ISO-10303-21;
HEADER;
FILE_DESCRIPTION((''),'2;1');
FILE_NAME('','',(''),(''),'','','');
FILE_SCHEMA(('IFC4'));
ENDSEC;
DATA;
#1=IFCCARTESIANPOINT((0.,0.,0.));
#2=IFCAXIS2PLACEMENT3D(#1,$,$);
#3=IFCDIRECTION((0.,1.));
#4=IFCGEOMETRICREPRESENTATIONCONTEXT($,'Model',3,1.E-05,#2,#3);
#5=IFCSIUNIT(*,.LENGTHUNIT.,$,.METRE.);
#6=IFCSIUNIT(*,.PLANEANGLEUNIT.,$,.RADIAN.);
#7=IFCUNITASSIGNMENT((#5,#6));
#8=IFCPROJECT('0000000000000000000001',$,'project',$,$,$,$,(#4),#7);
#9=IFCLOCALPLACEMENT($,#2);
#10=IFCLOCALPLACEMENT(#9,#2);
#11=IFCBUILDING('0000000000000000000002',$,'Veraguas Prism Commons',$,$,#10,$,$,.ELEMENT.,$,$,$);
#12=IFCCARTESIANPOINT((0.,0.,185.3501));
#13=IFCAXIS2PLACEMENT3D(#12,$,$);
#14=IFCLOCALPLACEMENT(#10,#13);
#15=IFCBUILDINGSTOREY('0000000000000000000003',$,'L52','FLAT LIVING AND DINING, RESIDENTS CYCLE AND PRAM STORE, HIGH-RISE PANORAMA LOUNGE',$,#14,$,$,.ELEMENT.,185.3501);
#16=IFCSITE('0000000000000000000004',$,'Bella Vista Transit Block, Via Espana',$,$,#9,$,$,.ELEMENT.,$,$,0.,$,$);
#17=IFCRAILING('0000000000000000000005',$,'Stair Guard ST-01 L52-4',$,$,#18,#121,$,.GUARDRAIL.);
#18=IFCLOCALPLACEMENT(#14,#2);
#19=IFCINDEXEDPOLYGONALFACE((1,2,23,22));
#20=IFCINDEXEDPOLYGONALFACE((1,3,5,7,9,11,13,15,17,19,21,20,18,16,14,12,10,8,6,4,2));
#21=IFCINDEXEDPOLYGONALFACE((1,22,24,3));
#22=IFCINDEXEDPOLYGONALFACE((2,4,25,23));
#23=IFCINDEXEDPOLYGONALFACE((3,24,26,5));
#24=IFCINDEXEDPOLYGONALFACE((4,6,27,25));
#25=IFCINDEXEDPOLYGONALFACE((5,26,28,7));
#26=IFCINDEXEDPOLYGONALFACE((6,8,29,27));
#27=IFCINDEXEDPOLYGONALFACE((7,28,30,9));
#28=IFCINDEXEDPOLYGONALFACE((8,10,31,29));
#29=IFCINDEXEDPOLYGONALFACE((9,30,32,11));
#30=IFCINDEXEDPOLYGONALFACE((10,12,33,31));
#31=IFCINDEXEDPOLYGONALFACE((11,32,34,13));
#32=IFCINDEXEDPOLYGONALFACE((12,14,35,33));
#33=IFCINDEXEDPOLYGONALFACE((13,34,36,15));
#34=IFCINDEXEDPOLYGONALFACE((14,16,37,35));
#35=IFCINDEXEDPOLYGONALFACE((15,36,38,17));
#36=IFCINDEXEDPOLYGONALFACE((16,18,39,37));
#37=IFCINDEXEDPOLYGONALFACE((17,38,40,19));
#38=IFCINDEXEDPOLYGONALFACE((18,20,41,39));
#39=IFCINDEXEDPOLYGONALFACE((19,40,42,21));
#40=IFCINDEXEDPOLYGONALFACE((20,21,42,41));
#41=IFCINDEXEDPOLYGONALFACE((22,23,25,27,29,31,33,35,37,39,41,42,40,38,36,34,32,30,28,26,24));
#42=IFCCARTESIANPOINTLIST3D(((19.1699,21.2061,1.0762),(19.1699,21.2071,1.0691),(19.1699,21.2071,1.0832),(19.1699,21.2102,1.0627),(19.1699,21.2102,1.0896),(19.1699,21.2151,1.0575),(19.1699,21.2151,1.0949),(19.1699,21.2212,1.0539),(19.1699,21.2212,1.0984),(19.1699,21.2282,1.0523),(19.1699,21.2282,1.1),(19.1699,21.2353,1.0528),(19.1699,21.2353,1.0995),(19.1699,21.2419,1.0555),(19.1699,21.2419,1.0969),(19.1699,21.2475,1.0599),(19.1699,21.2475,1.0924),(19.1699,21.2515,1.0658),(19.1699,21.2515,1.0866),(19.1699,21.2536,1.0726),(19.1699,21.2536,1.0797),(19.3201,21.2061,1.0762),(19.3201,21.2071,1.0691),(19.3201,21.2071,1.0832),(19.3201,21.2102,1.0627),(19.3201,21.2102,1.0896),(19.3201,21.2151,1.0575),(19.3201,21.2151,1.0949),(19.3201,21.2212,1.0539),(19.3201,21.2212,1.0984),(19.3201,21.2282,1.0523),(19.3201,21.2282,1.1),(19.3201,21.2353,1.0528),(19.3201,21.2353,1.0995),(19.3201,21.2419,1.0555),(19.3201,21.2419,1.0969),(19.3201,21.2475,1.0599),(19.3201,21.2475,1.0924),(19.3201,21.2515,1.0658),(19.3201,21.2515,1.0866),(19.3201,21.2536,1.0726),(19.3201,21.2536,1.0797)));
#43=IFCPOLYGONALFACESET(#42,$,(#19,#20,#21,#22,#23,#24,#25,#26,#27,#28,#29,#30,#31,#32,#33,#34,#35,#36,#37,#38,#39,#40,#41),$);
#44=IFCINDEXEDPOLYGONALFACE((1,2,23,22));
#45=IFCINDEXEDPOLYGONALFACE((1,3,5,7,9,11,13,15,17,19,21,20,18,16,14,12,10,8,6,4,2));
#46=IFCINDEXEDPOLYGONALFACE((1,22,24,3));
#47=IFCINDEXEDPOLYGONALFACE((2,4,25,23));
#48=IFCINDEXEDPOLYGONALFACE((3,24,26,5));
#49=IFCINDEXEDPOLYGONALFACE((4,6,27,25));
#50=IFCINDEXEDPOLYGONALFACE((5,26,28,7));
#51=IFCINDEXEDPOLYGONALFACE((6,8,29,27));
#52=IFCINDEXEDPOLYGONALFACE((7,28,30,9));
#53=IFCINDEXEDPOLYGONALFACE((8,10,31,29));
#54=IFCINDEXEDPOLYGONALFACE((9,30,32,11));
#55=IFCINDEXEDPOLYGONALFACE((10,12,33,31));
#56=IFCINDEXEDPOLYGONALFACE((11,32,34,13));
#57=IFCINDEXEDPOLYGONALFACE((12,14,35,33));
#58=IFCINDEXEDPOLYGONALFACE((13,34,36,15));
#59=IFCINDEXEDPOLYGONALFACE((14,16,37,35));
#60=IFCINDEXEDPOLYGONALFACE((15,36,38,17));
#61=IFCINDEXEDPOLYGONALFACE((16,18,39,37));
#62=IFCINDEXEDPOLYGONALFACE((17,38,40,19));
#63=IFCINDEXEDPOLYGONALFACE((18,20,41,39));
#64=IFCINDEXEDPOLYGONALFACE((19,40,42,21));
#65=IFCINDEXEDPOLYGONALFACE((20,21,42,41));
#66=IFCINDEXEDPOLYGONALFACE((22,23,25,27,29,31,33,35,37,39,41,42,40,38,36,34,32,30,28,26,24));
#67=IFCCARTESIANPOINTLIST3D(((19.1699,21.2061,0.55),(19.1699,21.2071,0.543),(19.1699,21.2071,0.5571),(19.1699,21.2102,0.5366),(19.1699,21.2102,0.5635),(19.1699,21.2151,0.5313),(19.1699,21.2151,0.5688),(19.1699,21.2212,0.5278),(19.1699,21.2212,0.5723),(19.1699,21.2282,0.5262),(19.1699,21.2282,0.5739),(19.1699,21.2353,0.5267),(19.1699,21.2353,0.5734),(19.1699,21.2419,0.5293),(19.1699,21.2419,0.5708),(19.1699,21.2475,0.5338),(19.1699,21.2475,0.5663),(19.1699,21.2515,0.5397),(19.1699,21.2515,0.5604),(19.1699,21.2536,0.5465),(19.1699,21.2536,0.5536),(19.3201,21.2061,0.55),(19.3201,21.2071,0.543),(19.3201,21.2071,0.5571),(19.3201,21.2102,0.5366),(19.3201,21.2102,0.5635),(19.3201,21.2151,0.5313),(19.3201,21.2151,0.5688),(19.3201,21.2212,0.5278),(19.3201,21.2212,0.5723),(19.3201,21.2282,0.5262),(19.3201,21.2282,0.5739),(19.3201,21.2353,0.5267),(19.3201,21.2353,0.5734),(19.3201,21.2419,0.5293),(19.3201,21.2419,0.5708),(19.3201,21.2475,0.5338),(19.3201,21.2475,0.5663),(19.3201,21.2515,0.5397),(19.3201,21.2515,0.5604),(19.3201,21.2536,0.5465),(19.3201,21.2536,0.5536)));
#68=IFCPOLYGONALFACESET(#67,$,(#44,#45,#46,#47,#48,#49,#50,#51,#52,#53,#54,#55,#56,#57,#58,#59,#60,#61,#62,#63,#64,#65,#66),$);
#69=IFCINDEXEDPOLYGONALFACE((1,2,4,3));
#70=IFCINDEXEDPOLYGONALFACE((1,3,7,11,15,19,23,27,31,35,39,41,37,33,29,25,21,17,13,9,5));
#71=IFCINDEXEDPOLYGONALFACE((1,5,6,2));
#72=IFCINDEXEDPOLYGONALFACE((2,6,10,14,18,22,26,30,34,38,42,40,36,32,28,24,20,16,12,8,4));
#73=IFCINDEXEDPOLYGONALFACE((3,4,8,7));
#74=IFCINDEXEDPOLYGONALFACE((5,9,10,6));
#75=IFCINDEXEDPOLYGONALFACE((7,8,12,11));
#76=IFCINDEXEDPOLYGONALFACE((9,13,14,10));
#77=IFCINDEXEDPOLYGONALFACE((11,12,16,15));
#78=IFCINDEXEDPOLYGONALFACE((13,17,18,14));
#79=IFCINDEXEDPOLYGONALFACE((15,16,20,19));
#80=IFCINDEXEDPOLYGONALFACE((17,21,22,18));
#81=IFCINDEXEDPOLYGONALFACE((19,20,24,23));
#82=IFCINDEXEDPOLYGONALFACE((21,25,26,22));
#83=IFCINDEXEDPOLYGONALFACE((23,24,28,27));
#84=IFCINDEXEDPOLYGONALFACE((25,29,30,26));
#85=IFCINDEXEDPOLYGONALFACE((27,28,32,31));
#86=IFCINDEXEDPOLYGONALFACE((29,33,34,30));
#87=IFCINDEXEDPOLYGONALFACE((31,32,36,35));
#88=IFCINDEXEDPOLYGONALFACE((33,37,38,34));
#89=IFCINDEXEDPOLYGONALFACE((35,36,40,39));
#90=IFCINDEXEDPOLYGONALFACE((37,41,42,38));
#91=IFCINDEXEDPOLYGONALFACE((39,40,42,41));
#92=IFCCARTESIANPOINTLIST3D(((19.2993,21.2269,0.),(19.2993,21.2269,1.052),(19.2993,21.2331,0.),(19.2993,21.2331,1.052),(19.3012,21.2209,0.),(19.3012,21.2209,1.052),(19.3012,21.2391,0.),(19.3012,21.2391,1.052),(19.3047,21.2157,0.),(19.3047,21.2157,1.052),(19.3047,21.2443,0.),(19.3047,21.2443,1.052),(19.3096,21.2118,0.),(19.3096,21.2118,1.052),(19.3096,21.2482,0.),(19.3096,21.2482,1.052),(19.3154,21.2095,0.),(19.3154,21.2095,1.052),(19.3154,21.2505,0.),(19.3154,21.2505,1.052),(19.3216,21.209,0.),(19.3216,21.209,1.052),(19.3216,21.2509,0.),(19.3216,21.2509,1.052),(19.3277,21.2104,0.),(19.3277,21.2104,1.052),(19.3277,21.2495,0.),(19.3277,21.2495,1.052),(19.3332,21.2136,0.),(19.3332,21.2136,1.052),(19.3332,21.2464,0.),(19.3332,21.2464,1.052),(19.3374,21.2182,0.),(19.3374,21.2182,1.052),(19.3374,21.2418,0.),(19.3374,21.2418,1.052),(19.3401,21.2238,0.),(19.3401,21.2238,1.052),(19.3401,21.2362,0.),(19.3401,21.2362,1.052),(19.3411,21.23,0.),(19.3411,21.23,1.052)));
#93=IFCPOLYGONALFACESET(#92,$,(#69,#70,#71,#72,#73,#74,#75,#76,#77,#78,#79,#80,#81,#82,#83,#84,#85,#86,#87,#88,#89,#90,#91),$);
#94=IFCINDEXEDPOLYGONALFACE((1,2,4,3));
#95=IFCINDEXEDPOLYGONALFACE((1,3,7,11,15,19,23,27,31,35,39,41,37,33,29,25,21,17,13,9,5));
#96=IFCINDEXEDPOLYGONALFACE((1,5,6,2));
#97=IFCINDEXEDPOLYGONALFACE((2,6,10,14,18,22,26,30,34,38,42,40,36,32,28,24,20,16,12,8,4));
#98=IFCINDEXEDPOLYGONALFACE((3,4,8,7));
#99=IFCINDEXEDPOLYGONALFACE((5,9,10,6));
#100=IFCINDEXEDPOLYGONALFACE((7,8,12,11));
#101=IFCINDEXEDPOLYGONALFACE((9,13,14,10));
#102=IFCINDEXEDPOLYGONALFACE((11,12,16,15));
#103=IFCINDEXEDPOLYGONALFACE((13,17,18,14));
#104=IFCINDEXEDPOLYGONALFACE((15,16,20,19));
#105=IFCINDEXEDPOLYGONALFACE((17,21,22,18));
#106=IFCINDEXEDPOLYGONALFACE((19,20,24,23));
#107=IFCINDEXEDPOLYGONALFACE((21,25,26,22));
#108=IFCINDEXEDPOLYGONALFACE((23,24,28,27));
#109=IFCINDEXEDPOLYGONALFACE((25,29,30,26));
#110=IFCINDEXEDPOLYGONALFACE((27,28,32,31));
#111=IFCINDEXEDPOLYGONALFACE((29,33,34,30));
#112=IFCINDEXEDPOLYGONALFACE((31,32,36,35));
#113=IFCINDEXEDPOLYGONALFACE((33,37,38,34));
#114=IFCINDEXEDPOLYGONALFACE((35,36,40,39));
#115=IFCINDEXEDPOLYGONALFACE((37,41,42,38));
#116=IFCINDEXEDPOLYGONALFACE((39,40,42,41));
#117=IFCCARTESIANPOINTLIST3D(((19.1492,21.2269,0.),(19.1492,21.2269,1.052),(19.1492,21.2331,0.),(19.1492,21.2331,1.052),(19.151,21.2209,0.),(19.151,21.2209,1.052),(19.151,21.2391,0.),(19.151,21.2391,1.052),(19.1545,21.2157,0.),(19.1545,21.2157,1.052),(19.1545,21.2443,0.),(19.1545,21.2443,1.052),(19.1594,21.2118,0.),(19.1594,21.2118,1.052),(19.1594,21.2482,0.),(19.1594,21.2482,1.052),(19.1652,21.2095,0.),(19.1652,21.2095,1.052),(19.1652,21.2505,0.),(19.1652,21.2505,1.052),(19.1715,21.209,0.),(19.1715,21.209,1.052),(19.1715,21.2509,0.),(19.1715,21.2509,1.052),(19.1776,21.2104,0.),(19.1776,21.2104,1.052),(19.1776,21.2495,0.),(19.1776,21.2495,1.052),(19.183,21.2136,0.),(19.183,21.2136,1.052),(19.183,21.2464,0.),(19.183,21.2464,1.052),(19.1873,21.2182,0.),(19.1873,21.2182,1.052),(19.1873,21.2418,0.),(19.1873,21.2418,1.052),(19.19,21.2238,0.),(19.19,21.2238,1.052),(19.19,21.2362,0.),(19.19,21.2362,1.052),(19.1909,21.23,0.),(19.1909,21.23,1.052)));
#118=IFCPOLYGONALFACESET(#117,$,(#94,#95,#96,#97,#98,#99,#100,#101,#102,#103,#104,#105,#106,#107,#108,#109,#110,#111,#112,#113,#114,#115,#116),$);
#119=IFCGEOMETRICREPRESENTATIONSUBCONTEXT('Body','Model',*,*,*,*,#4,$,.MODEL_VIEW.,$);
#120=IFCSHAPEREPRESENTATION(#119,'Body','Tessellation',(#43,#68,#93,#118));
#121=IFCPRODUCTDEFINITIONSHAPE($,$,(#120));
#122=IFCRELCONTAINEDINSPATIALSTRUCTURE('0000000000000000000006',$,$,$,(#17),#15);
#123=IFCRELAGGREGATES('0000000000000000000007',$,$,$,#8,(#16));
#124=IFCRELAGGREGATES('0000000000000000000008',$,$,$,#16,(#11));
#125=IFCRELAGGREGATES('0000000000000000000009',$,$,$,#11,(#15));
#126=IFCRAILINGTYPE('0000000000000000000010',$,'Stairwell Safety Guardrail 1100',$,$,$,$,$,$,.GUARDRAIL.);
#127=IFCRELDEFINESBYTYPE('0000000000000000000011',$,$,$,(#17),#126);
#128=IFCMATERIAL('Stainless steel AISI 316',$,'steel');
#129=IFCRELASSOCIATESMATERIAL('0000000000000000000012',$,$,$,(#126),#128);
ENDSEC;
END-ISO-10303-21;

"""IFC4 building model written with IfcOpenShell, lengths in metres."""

from ifc_helpers import new_model, si_unit, direction, frame, origin, origin_2d, place, context, subcontext, project, spatial, circle, extrude, material, type_object, element, save


model = new_model("IFC4")

# Units and contexts
model_context = context("Model", 3, precision=1e-05, world=origin(), true_north=direction((0.0, 1.0)))
body_context = subcontext(model_context, "Body", "Model", "MODEL_VIEW")
ifc_project = project(units=[si_unit("LENGTHUNIT", "METRE"), si_unit("PLANEANGLEUNIT", "RADIAN")], contexts=[model_context])

# Site, building, storey
site_placement = place(None, origin())
site = spatial("IfcSite", under=ifc_project, at=site_placement, Name="Bella Vista Transit Block, Via Espana", CompositionType="ELEMENT", RefElevation=0.0)
building_placement = place(site_placement, origin())
building = spatial("IfcBuilding", under=site, at=building_placement, Name="Veraguas Prism Commons", CompositionType="ELEMENT")
storey_placement = place(building_placement, frame((0.0, 0.0, 185.3501)))
storey = spatial("IfcBuildingStorey", under=building, at=storey_placement, Name="L52", Description="FLAT LIVING AND DINING, RESIDENTS CYCLE AND PRAM STORE, HIGH-RISE PANORAMA LOUNGE", CompositionType="ELEMENT", Elevation=185.3501)

# Railing
ifc_material_1 = material(Name="Stainless steel AISI 316", Category="steel")
railing_type = type_object("IfcRailingType", Name="Stairwell Safety Guardrail 1100", PredefinedType="GUARDRAIL", material=ifc_material_1)
railing_1_placement = place(storey_placement, frame((19.3201, 21.23, 0.0)))
element("IfcRailing", 1, at=railing_1_placement, inside=storey, type_object=railing_type, Name="Stair Guard ST-01 L52-4", PredefinedType="GUARDRAIL", context=body_context, shape_type="SweptSolid", body=[
    extrude(circle(Radius=0.0239, at=origin_2d()), frame((0.0, 0.0, 1.0762), z_axis=(-1.0, 0.0, 0.0), x_axis=(0.0, -1.0, 0.0)), (0.0, 0.0, 1.0), 0.1501),
    extrude(circle(Radius=0.0239, at=origin_2d()), frame((0.0, 0.0, 0.55), z_axis=(-1.0, 0.0, 0.0), x_axis=(0.0, -1.0, 0.0)), (0.0, 0.0, 1.0), 0.1501),
    extrude(circle(Radius=0.021, at=origin_2d()), origin(), (0.0, 0.0, 1.0), 1.052),
    extrude(circle(Radius=0.021, at=origin_2d()), frame((-0.1501, 0.0, 0.0)), (0.0, 0.0, 1.0), 1.052),
])

save(model, "model.ifc")
